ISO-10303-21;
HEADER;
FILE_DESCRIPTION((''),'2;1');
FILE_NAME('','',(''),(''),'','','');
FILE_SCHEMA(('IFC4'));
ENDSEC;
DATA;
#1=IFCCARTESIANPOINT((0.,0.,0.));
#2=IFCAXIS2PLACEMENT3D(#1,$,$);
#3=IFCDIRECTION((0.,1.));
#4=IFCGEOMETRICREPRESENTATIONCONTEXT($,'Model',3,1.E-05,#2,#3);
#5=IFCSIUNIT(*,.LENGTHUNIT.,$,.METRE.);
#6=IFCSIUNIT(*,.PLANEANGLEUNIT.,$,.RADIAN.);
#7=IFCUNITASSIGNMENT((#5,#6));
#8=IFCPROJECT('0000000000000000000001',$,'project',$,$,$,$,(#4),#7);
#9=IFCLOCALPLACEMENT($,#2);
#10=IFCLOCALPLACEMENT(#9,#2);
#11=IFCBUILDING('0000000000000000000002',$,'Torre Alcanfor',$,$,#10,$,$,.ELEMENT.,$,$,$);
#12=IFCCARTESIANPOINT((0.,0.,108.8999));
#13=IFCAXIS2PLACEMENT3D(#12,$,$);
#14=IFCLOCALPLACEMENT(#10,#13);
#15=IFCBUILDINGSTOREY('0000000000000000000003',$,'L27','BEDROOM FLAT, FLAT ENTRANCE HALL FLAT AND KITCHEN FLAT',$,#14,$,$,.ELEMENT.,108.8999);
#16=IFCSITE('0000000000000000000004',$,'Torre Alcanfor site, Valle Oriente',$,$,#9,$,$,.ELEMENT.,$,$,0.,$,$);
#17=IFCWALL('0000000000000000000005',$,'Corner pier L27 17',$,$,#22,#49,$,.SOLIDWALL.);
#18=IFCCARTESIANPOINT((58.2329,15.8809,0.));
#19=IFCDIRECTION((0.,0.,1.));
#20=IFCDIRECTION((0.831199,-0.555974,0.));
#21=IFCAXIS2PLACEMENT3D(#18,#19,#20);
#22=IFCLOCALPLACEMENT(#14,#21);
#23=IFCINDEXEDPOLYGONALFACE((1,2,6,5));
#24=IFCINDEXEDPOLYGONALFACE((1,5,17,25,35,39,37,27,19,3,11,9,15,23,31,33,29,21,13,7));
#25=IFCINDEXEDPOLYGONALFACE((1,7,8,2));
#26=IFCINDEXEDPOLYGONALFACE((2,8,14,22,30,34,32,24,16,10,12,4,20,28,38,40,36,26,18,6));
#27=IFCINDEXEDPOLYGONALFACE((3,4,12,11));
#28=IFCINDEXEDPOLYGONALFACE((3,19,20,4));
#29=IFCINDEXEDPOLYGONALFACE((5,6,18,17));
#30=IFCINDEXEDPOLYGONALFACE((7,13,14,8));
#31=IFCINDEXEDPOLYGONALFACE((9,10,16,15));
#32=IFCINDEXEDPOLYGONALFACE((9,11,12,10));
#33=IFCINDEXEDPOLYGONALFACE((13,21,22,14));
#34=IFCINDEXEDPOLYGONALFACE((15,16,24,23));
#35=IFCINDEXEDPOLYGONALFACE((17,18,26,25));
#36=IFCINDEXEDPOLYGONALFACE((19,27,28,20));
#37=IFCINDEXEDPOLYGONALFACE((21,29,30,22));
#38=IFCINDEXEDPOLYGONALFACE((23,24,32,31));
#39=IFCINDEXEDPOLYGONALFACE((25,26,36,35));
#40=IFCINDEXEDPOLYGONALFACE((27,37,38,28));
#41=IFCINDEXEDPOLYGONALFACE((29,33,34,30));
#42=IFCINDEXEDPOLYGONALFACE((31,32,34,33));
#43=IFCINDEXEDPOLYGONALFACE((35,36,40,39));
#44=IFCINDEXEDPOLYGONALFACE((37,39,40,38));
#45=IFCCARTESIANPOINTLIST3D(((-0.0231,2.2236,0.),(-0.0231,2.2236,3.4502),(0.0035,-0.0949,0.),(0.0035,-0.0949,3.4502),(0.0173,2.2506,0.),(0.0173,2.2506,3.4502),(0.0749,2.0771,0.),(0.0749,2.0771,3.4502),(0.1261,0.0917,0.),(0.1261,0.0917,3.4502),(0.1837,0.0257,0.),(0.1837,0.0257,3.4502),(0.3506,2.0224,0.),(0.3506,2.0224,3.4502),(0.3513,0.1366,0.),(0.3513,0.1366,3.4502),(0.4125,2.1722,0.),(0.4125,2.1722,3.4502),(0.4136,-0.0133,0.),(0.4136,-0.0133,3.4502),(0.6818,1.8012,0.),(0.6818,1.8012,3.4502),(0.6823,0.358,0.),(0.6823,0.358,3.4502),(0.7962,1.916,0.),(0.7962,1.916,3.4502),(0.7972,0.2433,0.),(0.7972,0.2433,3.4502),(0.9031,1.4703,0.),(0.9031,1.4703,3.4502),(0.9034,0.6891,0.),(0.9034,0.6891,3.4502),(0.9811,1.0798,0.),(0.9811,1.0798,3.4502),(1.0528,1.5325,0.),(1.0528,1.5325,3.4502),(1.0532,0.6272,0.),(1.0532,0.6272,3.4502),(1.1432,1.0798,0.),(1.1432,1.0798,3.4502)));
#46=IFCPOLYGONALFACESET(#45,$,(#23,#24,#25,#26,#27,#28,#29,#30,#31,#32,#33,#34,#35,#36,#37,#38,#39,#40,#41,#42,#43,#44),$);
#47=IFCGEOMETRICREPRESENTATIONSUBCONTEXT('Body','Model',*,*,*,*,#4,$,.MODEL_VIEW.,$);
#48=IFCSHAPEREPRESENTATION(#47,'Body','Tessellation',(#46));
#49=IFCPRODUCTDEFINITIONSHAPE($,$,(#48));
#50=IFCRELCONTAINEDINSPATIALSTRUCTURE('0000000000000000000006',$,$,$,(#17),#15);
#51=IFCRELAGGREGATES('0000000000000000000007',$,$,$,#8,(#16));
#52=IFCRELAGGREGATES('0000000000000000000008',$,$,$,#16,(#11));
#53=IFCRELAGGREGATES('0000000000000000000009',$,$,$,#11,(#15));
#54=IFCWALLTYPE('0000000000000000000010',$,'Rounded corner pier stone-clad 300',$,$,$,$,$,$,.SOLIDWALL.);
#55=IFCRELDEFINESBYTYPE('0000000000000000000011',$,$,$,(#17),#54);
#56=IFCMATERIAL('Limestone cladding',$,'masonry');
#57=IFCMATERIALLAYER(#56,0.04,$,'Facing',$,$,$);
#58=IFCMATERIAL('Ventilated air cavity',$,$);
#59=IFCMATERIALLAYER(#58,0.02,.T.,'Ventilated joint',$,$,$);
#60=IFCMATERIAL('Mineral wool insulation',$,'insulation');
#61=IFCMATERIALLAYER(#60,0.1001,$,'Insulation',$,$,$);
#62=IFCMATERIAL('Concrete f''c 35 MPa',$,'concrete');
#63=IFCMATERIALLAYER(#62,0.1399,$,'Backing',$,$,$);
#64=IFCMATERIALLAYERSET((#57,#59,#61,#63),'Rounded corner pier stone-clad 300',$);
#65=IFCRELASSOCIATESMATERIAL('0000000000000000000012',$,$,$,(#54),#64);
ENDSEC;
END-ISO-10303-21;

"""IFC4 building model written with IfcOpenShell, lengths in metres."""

from ifc_helpers import new_model, si_unit, direction, frame, origin, place, context, subcontext, project, spatial, polyline, outline, extrude, material, layer, layer_set, type_object, element, save


model = new_model("IFC4")

# Units and contexts
model_context = context("Model", 3, precision=1e-05, world=origin(), true_north=direction((0.0, 1.0)))
body_context = subcontext(model_context, "Body", "Model", "MODEL_VIEW")
ifc_project = project(units=[si_unit("LENGTHUNIT", "METRE"), si_unit("PLANEANGLEUNIT", "RADIAN")], contexts=[model_context])

# Site, building, storey
site_placement = place(None, origin())
site = spatial("IfcSite", under=ifc_project, at=site_placement, Name="Torre Alcanfor site, Valle Oriente", CompositionType="ELEMENT", RefElevation=0.0)
building_placement = place(site_placement, origin())
building = spatial("IfcBuilding", under=site, at=building_placement, Name="Torre Alcanfor", CompositionType="ELEMENT")
storey_placement = place(building_placement, frame((0.0, 0.0, 108.8999)))
storey = spatial("IfcBuildingStorey", under=building, at=storey_placement, Name="L27", Description="BEDROOM FLAT, FLAT ENTRANCE HALL FLAT AND KITCHEN FLAT", CompositionType="ELEMENT", Elevation=108.8999)

# Wall
ifc_material_1 = material(Name="Limestone cladding", Category="masonry")
ifc_layer_1 = layer(ifc_material_1, 0.04, Name="Facing")
ifc_material_2 = material(Name="Ventilated air cavity")
ifc_layer_2 = layer(ifc_material_2, 0.02, ventilated=True, Name="Ventilated joint")
ifc_material_3 = material(Name="Mineral wool insulation", Category="insulation")
ifc_layer_3 = layer(ifc_material_3, 0.1001, Name="Insulation")
ifc_material_4 = material(Name="Concrete f'c 35 MPa", Category="concrete")
ifc_layer_4 = layer(ifc_material_4, 0.1399, Name="Backing")
ifc_layer_set_1 = layer_set([ifc_layer_1, ifc_layer_2, ifc_layer_3, ifc_layer_4], Name="Rounded corner pier stone-clad 300")
wall_type_1 = type_object("IfcWallType", Name="Rounded corner pier stone-clad 300", PredefinedType="SOLIDWALL", material=ifc_layer_set_1)
wall_1_placement = place(storey_placement, frame((58.2329, 15.8809, 0.0), z_axis=(0.0, 0.0, 1.0), x_axis=(0.831199, -0.555974, 0.0)))
element("IfcWall", 1, at=wall_1_placement, inside=storey, type_object=wall_type_1, Name="Corner pier L27 17", PredefinedType="SOLIDWALL", context=body_context, shape_type="SweptSolid", body=[
    extrude(outline(polyline([(0.0749, 2.0771), (0.3506, 2.0224), (0.6818, 1.8012), (0.9031, 1.4703), (0.9811, 1.0798), (0.9034, 0.6891), (0.6823, 0.358), (0.3513, 0.1366), (0.1261, 0.0917), (0.1837, 0.0257), (0.0035, -0.0949), (0.4136, -0.0133), (0.7972, 0.2433), (1.0532, 0.6272), (1.1432, 1.0798), (1.0528, 1.5325), (0.7962, 1.916), (0.4125, 2.1722), (0.0173, 2.2506), (-0.0231, 2.2236), (0.0749, 2.0771)])), origin(), (0.0, 0.0, 1.0), 3.4502),
])

save(model, "model.ifc")
